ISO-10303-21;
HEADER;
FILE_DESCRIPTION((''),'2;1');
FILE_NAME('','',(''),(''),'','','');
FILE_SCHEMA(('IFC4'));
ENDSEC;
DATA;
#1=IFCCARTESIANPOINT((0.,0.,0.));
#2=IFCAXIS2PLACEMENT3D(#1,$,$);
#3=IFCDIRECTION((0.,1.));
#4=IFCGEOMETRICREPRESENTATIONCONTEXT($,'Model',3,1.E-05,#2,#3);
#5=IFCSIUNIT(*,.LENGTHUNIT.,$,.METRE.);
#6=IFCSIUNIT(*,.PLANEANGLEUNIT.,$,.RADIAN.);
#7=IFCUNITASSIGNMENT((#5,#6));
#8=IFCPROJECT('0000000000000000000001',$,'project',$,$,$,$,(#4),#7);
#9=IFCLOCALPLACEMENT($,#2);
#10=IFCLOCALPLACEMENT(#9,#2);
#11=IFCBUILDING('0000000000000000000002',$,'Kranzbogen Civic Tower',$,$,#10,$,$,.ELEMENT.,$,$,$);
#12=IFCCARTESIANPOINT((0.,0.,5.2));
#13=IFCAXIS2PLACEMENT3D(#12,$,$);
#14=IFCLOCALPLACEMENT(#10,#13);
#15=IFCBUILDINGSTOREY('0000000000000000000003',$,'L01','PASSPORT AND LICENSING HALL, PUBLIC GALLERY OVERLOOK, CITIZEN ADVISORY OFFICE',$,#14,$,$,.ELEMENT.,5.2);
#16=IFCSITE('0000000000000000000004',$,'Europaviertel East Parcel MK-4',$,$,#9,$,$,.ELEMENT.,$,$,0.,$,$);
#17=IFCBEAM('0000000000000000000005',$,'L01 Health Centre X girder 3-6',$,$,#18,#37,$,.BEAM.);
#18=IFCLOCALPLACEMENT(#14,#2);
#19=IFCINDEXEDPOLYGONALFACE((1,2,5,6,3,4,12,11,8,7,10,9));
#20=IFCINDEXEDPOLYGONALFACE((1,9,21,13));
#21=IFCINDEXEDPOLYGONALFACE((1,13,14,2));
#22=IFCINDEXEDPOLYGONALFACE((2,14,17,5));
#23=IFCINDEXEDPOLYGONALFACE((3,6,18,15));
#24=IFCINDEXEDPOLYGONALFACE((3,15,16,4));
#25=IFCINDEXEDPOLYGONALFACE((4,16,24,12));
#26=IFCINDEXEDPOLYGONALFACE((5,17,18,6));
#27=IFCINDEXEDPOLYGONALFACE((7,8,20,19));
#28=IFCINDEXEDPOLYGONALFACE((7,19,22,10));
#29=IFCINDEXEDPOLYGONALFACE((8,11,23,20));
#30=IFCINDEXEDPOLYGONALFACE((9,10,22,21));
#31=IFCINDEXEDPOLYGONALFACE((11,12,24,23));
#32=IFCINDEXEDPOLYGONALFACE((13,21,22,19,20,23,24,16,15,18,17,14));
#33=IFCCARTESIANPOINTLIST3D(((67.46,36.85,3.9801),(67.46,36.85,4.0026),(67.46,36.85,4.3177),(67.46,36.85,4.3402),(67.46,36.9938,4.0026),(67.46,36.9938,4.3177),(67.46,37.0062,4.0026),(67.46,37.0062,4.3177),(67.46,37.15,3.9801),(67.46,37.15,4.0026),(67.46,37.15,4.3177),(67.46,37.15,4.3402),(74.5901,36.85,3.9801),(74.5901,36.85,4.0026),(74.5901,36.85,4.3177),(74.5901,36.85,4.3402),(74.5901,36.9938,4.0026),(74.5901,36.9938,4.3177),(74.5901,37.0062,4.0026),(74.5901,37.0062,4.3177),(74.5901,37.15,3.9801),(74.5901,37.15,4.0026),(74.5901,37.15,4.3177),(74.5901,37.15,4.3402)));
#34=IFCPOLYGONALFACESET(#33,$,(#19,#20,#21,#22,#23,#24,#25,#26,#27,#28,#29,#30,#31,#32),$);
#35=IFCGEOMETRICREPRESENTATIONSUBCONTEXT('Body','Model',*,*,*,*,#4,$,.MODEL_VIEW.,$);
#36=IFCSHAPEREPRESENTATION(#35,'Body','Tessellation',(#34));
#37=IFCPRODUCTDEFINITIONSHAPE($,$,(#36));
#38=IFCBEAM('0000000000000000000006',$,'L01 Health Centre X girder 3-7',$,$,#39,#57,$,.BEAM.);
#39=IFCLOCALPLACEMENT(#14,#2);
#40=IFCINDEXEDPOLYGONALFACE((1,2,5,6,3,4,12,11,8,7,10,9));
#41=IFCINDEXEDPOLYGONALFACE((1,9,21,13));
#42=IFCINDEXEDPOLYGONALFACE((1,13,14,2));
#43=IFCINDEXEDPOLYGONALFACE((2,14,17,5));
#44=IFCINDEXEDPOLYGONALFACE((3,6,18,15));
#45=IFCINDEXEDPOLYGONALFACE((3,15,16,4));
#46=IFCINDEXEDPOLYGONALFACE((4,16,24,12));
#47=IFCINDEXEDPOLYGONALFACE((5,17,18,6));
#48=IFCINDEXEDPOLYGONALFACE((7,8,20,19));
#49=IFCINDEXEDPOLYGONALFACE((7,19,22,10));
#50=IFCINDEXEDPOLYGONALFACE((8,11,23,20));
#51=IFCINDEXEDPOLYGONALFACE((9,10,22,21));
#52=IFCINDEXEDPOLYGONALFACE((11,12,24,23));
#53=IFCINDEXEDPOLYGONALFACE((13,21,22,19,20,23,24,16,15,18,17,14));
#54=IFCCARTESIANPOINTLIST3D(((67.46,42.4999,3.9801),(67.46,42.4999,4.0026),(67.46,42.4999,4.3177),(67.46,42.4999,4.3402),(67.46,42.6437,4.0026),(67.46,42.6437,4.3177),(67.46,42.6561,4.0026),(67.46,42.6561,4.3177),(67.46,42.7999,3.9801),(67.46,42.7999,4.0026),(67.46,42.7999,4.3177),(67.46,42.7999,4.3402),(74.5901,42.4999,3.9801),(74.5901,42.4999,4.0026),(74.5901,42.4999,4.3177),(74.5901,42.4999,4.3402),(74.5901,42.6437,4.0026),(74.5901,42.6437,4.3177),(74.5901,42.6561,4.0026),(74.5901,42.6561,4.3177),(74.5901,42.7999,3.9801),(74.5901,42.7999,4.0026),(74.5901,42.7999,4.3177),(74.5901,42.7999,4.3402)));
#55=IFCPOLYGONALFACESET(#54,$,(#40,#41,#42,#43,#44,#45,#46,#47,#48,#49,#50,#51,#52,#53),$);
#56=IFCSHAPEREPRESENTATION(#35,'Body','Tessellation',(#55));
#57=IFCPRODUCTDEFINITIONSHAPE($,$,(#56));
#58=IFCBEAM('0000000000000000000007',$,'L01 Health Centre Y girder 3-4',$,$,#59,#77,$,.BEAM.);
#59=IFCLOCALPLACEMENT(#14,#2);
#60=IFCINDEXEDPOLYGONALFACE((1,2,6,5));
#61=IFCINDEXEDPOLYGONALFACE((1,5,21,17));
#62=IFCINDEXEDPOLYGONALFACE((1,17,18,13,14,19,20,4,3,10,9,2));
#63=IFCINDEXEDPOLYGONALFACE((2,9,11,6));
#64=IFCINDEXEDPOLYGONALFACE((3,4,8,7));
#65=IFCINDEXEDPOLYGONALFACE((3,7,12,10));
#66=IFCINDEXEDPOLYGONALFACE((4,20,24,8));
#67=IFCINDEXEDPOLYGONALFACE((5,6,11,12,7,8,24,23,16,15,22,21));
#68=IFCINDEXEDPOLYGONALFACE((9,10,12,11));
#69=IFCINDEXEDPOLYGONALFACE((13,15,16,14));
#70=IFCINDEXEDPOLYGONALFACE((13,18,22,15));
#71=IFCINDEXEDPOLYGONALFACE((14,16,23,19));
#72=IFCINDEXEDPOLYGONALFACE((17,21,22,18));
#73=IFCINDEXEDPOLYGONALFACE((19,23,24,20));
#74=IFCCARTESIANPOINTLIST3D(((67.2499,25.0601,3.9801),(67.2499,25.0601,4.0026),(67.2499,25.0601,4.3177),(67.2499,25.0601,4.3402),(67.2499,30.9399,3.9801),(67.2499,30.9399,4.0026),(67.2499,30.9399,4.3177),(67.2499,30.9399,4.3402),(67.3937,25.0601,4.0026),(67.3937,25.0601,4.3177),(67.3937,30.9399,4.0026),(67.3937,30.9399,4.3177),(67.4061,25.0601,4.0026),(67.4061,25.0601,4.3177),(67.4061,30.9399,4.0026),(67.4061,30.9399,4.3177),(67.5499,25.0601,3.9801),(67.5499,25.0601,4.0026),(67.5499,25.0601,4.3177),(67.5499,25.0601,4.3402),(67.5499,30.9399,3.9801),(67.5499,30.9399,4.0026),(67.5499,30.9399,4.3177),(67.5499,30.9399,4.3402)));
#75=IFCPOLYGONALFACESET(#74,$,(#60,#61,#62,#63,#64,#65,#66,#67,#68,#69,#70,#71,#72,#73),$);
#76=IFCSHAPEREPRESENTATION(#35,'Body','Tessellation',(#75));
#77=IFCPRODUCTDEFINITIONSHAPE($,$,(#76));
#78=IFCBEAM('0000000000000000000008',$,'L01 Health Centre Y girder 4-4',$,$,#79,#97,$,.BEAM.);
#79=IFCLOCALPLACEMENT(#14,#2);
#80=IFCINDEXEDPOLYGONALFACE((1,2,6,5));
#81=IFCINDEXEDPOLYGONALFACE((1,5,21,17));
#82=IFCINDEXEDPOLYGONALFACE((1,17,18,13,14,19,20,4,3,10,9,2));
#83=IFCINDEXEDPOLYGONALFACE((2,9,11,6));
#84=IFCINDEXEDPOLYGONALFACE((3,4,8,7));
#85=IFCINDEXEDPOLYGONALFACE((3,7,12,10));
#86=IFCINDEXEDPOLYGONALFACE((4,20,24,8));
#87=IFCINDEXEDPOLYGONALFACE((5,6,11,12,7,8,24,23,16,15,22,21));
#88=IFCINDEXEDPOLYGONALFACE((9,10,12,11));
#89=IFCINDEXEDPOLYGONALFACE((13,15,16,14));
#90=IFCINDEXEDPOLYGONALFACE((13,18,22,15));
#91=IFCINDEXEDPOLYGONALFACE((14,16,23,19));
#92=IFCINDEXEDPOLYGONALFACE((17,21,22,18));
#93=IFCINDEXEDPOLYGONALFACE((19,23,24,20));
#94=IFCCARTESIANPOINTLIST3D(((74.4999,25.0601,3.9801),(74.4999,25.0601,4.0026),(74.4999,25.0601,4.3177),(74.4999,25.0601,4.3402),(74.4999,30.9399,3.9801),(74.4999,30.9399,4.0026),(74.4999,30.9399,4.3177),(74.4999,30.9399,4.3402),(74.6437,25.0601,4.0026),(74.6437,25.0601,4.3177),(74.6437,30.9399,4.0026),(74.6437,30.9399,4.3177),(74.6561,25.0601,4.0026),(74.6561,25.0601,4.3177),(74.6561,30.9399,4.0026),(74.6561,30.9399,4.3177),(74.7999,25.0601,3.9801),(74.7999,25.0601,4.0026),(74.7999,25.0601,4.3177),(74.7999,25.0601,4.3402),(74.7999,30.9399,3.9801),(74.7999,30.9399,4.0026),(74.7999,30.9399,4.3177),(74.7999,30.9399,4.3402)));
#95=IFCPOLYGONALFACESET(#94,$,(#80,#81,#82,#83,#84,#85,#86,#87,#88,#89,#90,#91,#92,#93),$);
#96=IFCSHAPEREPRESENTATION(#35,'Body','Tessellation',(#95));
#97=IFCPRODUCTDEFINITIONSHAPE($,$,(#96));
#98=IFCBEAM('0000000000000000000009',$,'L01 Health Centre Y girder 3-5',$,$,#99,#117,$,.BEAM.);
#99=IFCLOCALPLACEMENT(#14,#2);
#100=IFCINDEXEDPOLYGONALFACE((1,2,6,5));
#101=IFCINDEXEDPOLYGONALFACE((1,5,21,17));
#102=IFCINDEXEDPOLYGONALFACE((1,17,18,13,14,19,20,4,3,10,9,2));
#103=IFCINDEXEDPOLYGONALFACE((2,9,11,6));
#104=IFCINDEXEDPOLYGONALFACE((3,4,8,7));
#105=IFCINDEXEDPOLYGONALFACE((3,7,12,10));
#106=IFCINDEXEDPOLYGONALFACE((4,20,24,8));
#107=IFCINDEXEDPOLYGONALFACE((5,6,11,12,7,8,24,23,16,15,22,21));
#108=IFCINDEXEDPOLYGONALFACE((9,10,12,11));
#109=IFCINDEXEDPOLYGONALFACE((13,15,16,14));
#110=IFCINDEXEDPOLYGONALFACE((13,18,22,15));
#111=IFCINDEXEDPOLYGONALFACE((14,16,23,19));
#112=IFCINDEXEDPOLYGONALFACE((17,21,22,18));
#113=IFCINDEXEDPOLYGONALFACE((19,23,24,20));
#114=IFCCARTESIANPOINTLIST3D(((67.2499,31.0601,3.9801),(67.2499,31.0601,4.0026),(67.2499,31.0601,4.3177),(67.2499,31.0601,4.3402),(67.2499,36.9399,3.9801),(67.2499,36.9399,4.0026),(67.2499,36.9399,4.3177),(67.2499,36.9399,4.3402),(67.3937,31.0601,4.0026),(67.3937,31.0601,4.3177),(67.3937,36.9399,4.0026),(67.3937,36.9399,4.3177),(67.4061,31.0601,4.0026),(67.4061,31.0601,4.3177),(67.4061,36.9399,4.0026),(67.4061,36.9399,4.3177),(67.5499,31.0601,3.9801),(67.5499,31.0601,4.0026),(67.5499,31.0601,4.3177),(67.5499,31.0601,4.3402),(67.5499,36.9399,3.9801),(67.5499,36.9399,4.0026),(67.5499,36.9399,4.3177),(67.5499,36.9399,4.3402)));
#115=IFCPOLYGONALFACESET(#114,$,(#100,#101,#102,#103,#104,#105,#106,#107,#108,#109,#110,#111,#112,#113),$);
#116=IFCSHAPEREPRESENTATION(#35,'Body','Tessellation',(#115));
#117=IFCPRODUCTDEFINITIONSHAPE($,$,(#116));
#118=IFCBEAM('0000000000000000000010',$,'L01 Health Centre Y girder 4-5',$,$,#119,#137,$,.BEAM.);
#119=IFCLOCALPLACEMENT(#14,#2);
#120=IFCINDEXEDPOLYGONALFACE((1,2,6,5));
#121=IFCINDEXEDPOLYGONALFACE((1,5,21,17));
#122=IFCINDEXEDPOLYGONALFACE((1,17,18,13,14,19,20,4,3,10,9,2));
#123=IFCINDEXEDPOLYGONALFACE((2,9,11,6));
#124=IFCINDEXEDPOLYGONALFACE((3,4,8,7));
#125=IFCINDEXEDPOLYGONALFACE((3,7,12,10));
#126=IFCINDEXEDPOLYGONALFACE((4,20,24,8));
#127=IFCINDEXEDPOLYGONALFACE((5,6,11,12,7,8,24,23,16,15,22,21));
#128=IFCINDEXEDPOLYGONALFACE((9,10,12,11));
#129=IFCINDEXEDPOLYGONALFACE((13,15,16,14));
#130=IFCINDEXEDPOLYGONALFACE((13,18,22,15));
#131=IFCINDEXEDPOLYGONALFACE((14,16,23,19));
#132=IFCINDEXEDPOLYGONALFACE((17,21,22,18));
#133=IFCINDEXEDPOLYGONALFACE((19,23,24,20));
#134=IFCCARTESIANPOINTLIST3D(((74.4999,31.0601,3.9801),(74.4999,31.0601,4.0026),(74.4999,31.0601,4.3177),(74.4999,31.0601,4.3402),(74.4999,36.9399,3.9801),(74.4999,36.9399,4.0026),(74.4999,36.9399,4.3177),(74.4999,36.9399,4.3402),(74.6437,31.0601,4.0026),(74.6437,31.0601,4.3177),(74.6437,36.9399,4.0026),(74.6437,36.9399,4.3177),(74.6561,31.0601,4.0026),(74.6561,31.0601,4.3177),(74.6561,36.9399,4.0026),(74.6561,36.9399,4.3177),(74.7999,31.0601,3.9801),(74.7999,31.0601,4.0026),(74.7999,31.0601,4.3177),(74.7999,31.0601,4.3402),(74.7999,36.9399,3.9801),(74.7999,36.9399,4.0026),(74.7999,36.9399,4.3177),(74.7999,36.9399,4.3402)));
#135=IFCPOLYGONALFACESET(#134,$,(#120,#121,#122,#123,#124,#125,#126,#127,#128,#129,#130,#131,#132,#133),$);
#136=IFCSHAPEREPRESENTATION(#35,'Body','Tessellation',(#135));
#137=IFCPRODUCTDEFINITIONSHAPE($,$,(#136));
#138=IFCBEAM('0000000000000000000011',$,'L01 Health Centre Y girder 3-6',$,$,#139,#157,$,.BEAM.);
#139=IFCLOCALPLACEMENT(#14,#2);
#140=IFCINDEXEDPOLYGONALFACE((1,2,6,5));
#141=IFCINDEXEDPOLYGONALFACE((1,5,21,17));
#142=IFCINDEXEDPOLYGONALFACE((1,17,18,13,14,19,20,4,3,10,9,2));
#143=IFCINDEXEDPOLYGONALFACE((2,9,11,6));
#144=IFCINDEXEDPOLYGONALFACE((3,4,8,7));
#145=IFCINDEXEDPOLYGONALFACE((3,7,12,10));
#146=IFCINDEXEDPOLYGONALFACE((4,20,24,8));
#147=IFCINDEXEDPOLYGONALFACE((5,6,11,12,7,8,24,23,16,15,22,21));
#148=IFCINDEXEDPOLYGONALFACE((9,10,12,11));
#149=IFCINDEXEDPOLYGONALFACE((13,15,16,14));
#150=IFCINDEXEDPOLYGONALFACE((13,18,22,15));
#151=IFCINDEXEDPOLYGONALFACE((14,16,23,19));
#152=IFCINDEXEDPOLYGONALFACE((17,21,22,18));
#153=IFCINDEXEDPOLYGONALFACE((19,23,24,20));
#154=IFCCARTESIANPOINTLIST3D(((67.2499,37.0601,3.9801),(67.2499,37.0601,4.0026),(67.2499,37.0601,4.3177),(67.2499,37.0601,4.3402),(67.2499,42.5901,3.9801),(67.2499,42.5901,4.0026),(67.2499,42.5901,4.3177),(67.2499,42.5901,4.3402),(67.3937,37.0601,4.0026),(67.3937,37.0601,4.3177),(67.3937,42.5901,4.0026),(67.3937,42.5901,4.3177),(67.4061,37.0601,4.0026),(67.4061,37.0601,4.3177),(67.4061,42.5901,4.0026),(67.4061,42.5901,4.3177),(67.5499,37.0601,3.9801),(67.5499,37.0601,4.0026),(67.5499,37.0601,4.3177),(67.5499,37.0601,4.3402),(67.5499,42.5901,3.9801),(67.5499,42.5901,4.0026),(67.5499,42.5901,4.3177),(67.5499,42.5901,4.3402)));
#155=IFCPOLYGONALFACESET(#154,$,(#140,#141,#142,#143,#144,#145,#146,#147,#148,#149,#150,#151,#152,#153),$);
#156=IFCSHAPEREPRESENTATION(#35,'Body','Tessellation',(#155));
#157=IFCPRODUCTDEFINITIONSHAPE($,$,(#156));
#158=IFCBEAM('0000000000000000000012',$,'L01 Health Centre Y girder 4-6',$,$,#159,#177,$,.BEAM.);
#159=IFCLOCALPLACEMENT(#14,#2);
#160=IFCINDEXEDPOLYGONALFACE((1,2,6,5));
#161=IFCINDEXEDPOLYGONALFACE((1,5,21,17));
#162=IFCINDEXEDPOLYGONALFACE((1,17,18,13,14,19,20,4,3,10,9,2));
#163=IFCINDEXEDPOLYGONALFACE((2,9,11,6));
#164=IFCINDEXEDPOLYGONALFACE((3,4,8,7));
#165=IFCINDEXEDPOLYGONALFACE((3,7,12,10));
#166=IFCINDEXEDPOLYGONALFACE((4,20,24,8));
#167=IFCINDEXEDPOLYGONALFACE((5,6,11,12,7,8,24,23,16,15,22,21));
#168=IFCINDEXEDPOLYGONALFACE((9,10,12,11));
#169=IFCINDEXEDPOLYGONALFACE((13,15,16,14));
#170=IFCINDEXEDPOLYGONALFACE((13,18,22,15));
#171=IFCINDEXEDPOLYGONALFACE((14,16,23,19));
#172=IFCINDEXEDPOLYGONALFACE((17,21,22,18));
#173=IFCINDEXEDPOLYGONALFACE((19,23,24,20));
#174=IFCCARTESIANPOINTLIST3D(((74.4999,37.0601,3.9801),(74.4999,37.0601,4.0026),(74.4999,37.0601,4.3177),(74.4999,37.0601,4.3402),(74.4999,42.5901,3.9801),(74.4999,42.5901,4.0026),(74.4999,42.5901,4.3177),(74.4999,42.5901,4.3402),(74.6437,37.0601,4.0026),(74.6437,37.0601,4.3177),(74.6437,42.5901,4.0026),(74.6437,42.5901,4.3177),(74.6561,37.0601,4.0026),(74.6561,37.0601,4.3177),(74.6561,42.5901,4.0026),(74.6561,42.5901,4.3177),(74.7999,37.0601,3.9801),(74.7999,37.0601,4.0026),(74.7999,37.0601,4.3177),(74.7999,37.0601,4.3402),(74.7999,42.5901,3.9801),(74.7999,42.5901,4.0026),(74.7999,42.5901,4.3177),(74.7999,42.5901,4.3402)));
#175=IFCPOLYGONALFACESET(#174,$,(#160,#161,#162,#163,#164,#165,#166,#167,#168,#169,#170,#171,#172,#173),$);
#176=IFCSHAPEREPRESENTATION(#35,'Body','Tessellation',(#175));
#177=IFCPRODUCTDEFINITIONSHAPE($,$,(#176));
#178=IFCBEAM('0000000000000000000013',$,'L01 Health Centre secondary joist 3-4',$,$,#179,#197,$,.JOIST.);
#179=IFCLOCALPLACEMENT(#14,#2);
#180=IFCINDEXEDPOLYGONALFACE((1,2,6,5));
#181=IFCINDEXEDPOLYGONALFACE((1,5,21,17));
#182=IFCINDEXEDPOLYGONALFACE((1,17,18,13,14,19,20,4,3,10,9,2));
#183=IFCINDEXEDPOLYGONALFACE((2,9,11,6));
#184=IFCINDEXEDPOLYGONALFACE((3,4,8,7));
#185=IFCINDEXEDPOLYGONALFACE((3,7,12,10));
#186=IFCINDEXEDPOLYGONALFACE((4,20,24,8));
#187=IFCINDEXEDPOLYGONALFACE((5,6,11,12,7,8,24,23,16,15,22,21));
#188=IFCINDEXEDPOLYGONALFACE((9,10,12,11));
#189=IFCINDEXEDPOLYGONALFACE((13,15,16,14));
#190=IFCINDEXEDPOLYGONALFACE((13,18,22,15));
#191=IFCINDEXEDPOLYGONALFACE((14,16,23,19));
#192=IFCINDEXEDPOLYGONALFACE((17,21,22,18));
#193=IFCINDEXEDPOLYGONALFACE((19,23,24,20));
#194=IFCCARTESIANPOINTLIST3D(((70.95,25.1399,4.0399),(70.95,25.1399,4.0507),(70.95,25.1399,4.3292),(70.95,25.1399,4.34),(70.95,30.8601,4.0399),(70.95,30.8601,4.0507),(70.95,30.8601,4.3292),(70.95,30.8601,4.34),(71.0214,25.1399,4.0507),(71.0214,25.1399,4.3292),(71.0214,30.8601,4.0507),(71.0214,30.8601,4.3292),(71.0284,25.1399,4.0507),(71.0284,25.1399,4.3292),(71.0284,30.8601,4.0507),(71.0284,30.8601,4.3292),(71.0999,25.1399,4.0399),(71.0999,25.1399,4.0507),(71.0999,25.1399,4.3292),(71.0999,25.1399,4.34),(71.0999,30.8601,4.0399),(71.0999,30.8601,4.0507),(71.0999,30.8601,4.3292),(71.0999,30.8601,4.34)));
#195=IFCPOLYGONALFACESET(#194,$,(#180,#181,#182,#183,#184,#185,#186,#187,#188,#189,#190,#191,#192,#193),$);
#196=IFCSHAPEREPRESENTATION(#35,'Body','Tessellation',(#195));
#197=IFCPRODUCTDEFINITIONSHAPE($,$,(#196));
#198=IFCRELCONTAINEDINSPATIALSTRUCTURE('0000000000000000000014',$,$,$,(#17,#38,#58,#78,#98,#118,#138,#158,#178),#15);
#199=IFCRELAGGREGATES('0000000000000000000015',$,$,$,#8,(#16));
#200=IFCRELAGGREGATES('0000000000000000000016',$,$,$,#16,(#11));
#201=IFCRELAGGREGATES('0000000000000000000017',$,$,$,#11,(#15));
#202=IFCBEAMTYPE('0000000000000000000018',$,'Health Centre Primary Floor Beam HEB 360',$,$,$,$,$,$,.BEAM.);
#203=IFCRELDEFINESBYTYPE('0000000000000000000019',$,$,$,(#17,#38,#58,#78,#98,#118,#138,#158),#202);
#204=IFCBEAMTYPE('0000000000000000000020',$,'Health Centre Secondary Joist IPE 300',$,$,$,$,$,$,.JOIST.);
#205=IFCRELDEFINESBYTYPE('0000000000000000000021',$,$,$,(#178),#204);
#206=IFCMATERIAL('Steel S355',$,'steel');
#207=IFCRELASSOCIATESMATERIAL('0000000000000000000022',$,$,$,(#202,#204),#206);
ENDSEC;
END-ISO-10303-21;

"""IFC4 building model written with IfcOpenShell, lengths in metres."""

from ifc_helpers import new_model, si_unit, direction, frame, origin, origin_2d, place, context, subcontext, project, spatial, i_section, extrude, material, material_profile, profile_set, type_object, element, save


model = new_model("IFC4")

# Units and contexts
model_context = context("Model", 3, precision=1e-05, world=origin(), true_north=direction((0.0, 1.0)))
body_context = subcontext(model_context, "Body", "Model", "MODEL_VIEW")
ifc_project = project(units=[si_unit("LENGTHUNIT", "METRE"), si_unit("PLANEANGLEUNIT", "RADIAN")], contexts=[model_context])

# Site, building, storey
site_placement = place(None, origin())
site = spatial("IfcSite", under=ifc_project, at=site_placement, Name="Europaviertel East Parcel MK-4", CompositionType="ELEMENT", RefElevation=0.0)
building_placement = place(site_placement, origin())
building = spatial("IfcBuilding", under=site, at=building_placement, Name="Kranzbogen Civic Tower", CompositionType="ELEMENT")
storey_placement = place(building_placement, frame((0.0, 0.0, 5.2)))
storey = spatial("IfcBuildingStorey", under=building, at=storey_placement, Name="L01", Description="PASSPORT AND LICENSING HALL, PUBLIC GALLERY OVERLOOK, CITIZEN ADVISORY OFFICE", CompositionType="ELEMENT", Elevation=5.2)

# Shared definitions
ifc_material_1 = material(Name="Steel S355", Category="steel")

# Beams
ifc_material_profile_1 = material_profile(ifc_material_1, i_section(OverallWidth=0.3, OverallDepth=0.3601, WebThickness=0.0125, FlangeThickness=0.0225, at=origin_2d()), Name="HEB 360")
ifc_profile_set_1 = profile_set([ifc_material_profile_1], Name="Steel S355")
beam_type_1 = type_object("IfcBeamType", Name="Health Centre Primary Floor Beam HEB 360", PredefinedType="BEAM", material=ifc_profile_set_1)
for number, where, z_axis, x_axis, name in (
    (1, (67.46, 37.0, 4.1602), (1.0, 0.0, 0.0), (0.0, 1.0, 0.0), "L01 Health Centre X girder 3-6"),
    (2, (67.46, 42.6499, 4.1602), (1.0, 0.0, 0.0), (0.0, 1.0, 0.0), "L01 Health Centre X girder 3-7"),
):
    element("IfcBeam", number, at=place(storey_placement, frame(where, z_axis=z_axis, x_axis=x_axis)), inside=storey, type_object=beam_type_1, Name=name, PredefinedType="BEAM", context=body_context, shape_type="SweptSolid", body=[
        extrude(i_section(OverallWidth=0.3, OverallDepth=0.3601, WebThickness=0.0125, FlangeThickness=0.0225, at=origin_2d()), origin(), (0.0, 0.0, 1.0), 7.1301),
    ])
for number, where, z_axis, x_axis, name in (
    (3, (67.3999, 25.0601, 4.1602), (0.0, 1.0, 0.0), (-1.0, 0.0, 0.0), "L01 Health Centre Y girder 3-4"),
    (4, (74.6499, 25.0601, 4.1602), (0.0, 1.0, 0.0), (-1.0, 0.0, 0.0), "L01 Health Centre Y girder 4-4"),
    (5, (67.3999, 31.0601, 4.1602), (0.0, 1.0, 0.0), (-1.0, 0.0, 0.0), "L01 Health Centre Y girder 3-5"),
    (6, (74.6499, 31.0601, 4.1602), (0.0, 1.0, 0.0), (-1.0, 0.0, 0.0), "L01 Health Centre Y girder 4-5"),
):
    element("IfcBeam", number, at=place(storey_placement, frame(where, z_axis=z_axis, x_axis=x_axis)), inside=storey, type_object=beam_type_1, Name=name, PredefinedType="BEAM", context=body_context, shape_type="SweptSolid", body=[
        extrude(i_section(OverallWidth=0.3, OverallDepth=0.3601, WebThickness=0.0125, FlangeThickness=0.0225, at=origin_2d()), origin(), (0.0, 0.0, 1.0), 5.8799),
    ])
for number, where, z_axis, x_axis, name in (
    (7, (67.3999, 37.0601, 4.1602), (0.0, 1.0, 0.0), (-1.0, 0.0, 0.0), "L01 Health Centre Y girder 3-6"),
    (8, (74.6499, 37.0601, 4.1602), (0.0, 1.0, 0.0), (-1.0, 0.0, 0.0), "L01 Health Centre Y girder 4-6"),
):
    element("IfcBeam", number, at=place(storey_placement, frame(where, z_axis=z_axis, x_axis=x_axis)), inside=storey, type_object=beam_type_1, Name=name, PredefinedType="BEAM", context=body_context, shape_type="SweptSolid", body=[
        extrude(i_section(OverallWidth=0.3, OverallDepth=0.3601, WebThickness=0.0125, FlangeThickness=0.0225, at=origin_2d()), origin(), (0.0, 0.0, 1.0), 5.53),
    ])
ifc_material_profile_2 = material_profile(ifc_material_1, i_section(OverallWidth=0.1499, OverallDepth=0.3, WebThickness=0.0071, FlangeThickness=0.0107, at=origin_2d()), Name="IPE 300")
ifc_profile_set_2 = profile_set([ifc_material_profile_2], Name="Steel S355")
beam_type_2 = type_object("IfcBeamType", Name="Health Centre Secondary Joist IPE 300", PredefinedType="JOIST", material=ifc_profile_set_2)
for number, where, z_axis, x_axis, name in (
    (9, (71.0249, 25.1399, 4.1899), (0.0, 1.0, 0.0), (-1.0, 0.0, 0.0), "L01 Health Centre secondary joist 3-4"),
):
    element("IfcBeam", number, at=place(storey_placement, frame(where, z_axis=z_axis, x_axis=x_axis)), inside=storey, type_object=beam_type_2, Name=name, PredefinedType="JOIST", context=body_context, shape_type="SweptSolid", body=[
        extrude(i_section(OverallWidth=0.1499, OverallDepth=0.3, WebThickness=0.0071, FlangeThickness=0.0107, at=origin_2d()), origin(), (0.0, 0.0, 1.0), 5.7202),
    ])

save(model, "model.ifc")
